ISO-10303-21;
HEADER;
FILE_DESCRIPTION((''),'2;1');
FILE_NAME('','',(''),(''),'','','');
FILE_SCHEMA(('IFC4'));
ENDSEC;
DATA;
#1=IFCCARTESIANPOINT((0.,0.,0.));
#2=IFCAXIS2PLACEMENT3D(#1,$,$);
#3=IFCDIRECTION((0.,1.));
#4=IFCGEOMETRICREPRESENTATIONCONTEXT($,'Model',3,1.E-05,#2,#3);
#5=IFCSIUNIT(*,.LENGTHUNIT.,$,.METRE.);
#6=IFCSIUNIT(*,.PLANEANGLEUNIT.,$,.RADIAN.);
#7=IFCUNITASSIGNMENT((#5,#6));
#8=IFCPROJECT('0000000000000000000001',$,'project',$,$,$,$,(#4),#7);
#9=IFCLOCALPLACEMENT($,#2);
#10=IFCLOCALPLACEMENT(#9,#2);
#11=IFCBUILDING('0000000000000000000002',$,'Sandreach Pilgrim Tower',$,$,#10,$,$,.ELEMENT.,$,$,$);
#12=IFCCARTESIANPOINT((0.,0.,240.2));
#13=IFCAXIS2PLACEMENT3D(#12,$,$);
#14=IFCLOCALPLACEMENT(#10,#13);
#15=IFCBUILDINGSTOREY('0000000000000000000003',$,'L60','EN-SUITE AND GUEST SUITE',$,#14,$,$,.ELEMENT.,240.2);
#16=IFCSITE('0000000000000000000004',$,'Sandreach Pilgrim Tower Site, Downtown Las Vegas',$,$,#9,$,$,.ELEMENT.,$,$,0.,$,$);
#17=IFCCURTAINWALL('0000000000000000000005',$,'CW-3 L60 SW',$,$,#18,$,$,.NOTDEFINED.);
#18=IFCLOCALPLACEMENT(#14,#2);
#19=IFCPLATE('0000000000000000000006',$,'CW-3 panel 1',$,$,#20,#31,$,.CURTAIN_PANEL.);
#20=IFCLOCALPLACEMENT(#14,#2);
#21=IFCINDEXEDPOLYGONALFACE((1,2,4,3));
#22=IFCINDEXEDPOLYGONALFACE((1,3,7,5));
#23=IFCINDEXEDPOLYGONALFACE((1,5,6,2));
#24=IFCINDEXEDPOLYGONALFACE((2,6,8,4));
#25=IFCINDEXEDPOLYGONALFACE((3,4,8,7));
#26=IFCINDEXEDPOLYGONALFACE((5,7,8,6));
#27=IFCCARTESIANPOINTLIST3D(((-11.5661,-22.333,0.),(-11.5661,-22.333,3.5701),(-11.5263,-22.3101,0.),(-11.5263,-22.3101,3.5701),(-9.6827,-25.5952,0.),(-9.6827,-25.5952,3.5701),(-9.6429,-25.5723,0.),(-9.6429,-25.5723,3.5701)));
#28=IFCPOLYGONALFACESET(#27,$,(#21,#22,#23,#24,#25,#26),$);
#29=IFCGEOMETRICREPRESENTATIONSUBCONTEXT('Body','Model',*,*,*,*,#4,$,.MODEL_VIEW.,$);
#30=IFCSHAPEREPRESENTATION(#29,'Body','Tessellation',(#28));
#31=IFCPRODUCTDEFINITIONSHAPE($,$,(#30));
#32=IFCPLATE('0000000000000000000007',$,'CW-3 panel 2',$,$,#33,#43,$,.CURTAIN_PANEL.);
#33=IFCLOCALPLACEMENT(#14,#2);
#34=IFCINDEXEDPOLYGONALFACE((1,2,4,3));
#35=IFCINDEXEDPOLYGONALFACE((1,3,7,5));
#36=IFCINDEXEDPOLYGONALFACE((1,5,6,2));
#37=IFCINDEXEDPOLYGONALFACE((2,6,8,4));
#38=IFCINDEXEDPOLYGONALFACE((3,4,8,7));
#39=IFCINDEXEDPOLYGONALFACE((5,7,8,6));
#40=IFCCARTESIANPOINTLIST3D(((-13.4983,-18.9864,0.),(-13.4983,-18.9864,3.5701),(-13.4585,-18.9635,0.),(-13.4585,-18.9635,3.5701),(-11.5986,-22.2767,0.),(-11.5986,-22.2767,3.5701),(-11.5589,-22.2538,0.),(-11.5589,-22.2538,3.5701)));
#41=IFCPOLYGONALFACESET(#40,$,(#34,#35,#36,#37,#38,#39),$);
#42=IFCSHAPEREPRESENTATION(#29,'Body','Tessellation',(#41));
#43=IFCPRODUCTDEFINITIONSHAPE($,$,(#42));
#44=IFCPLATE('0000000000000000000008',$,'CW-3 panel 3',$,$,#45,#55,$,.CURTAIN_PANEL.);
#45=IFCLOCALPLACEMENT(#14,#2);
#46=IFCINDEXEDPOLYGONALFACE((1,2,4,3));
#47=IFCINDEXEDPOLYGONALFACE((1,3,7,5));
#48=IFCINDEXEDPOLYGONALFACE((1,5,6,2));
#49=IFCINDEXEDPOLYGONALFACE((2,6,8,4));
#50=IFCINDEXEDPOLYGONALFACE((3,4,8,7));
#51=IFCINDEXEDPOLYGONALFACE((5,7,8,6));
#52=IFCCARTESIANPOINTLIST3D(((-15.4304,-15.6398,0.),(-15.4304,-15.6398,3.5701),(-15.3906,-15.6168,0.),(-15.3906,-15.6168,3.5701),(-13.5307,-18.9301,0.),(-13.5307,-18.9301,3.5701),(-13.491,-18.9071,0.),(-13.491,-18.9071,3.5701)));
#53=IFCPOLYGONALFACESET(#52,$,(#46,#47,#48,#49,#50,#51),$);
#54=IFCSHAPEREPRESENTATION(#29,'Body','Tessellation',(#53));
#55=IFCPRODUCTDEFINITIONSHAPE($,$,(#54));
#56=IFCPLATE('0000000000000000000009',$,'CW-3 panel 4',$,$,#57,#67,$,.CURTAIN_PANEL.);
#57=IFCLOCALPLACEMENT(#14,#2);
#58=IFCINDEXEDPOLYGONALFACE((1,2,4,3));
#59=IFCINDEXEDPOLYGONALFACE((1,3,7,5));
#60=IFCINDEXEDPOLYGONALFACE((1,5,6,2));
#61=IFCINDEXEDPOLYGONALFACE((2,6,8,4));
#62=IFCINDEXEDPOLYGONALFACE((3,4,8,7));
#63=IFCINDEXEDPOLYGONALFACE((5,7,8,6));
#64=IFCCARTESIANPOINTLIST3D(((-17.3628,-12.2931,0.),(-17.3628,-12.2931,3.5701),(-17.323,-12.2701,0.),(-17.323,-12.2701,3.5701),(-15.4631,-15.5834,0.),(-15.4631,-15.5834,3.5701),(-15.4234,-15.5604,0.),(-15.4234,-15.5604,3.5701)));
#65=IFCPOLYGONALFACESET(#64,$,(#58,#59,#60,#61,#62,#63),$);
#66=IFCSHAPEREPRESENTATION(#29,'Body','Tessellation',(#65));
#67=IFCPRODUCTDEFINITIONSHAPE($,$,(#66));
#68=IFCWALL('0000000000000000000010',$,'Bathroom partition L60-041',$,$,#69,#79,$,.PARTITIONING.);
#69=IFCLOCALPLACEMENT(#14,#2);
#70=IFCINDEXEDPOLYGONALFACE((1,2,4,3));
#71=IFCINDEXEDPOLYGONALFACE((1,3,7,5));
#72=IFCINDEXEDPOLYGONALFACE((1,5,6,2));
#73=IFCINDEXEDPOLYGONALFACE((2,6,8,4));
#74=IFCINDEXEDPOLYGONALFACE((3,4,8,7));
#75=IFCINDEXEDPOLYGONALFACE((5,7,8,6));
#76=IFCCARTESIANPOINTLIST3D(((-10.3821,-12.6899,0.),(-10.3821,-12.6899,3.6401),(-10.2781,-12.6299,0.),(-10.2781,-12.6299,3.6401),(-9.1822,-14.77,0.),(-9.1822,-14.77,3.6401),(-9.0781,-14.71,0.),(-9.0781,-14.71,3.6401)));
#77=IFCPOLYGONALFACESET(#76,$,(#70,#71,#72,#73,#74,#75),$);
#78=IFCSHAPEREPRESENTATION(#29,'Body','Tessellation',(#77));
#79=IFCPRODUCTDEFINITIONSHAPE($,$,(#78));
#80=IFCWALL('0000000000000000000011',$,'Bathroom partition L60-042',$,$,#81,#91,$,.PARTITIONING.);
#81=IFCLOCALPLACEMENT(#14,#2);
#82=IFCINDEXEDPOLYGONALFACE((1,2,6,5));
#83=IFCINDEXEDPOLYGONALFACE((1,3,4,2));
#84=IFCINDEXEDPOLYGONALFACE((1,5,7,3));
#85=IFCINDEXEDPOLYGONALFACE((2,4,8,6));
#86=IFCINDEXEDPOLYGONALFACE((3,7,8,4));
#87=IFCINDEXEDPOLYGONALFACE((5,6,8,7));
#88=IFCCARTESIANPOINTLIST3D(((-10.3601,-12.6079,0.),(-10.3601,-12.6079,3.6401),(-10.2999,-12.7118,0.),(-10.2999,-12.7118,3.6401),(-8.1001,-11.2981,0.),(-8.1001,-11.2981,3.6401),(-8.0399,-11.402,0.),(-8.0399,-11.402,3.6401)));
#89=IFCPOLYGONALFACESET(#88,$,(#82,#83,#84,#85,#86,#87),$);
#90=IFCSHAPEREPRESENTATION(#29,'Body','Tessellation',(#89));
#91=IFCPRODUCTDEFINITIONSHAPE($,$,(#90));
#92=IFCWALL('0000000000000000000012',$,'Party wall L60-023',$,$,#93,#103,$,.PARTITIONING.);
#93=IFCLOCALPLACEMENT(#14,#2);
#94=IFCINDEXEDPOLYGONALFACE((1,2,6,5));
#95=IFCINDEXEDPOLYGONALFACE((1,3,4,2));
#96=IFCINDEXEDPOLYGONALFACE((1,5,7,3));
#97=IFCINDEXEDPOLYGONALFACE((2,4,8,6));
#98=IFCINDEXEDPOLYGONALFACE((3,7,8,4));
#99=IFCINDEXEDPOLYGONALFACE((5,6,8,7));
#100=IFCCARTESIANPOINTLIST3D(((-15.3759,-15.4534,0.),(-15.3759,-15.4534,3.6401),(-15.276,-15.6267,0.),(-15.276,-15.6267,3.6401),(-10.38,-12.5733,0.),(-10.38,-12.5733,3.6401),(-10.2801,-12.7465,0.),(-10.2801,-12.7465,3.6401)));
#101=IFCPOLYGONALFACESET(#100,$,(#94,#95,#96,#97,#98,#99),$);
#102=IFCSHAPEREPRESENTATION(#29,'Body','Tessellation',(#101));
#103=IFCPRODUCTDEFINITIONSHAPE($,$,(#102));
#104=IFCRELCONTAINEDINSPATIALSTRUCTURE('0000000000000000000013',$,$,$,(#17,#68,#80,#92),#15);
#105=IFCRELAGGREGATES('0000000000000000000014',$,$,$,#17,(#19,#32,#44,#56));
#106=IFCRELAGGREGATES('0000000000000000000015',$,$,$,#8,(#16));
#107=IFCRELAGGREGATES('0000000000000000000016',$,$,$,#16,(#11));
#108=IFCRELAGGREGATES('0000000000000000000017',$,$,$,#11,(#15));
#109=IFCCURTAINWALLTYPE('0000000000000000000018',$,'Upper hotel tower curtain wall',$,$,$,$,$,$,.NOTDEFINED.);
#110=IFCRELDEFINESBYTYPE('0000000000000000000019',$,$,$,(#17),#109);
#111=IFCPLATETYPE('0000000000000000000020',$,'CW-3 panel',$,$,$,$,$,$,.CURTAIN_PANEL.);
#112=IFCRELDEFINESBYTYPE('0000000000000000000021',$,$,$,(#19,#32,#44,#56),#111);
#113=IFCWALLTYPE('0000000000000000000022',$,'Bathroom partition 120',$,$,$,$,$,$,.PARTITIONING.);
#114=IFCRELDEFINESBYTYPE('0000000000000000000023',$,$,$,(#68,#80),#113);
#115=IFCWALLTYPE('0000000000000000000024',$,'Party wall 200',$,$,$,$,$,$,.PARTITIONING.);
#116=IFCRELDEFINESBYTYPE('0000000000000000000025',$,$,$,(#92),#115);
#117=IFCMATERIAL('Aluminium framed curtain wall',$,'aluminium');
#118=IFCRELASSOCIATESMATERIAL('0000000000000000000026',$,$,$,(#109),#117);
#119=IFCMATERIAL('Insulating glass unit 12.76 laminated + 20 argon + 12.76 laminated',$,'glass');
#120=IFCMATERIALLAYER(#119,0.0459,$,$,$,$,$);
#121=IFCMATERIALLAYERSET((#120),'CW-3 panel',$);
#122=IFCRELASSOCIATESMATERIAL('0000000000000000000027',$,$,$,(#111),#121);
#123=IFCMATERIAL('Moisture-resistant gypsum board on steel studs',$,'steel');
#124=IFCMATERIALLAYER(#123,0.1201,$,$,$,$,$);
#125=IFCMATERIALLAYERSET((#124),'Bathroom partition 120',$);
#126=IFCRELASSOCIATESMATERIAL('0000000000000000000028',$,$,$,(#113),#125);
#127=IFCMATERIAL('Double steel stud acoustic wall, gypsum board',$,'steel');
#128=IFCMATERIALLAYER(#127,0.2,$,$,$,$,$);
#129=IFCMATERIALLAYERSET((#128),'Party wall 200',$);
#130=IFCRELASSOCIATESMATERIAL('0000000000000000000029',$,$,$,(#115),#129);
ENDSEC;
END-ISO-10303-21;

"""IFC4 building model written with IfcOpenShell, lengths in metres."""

from ifc_helpers import new_model, si_unit, direction, frame, frame_2d, origin, origin_2d, place, context, subcontext, project, spatial, rectangle, extrude, material, layer, layer_set, type_object, element, aggregate, save


model = new_model("IFC4")

# Units and contexts
model_context = context("Model", 3, precision=1e-05, world=origin(), true_north=direction((0.0, 1.0)))
body_context = subcontext(model_context, "Body", "Model", "MODEL_VIEW")
ifc_project = project(units=[si_unit("LENGTHUNIT", "METRE"), si_unit("PLANEANGLEUNIT", "RADIAN")], contexts=[model_context])

# Site, building, storey
site_placement = place(None, origin())
site = spatial("IfcSite", under=ifc_project, at=site_placement, Name="Sandreach Pilgrim Tower Site, Downtown Las Vegas", CompositionType="ELEMENT", RefElevation=0.0)
building_placement = place(site_placement, origin())
building = spatial("IfcBuilding", under=site, at=building_placement, Name="Sandreach Pilgrim Tower", CompositionType="ELEMENT")
storey_placement = place(building_placement, frame((0.0, 0.0, 240.2)))
storey = spatial("IfcBuildingStorey", under=building, at=storey_placement, Name="L60", Description="EN-SUITE AND GUEST SUITE", CompositionType="ELEMENT", Elevation=240.2)

# Curtain wall
ifc_material_1 = material(Name="Aluminium framed curtain wall", Category="aluminium")
curtain_wall_type = type_object("IfcCurtainWallType", Name="Upper hotel tower curtain wall", PredefinedType="NOTDEFINED", material=ifc_material_1)
curtain_wall_placement = place(storey_placement, origin())
curtain_wall = element("IfcCurtainWall", 1, at=curtain_wall_placement, inside=storey, type_object=curtain_wall_type, Name="CW-3 L60 SW", PredefinedType="NOTDEFINED")

# Plates
ifc_material_2 = material(Name="Insulating glass unit 12.76 laminated + 20 argon + 12.76 laminated", Category="glass")
ifc_layer_1 = layer(ifc_material_2, 0.0459)
ifc_layer_set_1 = layer_set([ifc_layer_1], Name="CW-3 panel")
plate_type = type_object("IfcPlateType", Name="CW-3 panel", PredefinedType="CURTAIN_PANEL", material=ifc_layer_set_1)
plate_1_placement = place(storey_placement, frame((-10.6045, -23.9526, 0.0), z_axis=(0.0, 0.0, 1.0), x_axis=(-0.5, 0.866025, 0.0)))
plate_1 = element("IfcPlate", 2, at=plate_1_placement, type_object=plate_type, Name="CW-3 panel 1", PredefinedType="CURTAIN_PANEL", context=body_context, shape_type="SweptSolid", body=[
    extrude(rectangle(XDim=3.7668, YDim=0.0459, at=origin_2d()), origin(), (0.0, 0.0, 1.0), 3.5701),
])
plate_2_placement = place(storey_placement, frame((-12.5286, -20.6201, 0.0), z_axis=(0.0, 0.0, 1.0), x_axis=(-0.5, 0.866025, 0.0)))
plate_2 = element("IfcPlate", 3, at=plate_2_placement, type_object=plate_type, Name="CW-3 panel 2", PredefinedType="CURTAIN_PANEL", context=body_context, shape_type="SweptSolid", body=[
    extrude(rectangle(XDim=3.7993, YDim=0.0459, at=origin_2d()), origin(), (0.0, 0.0, 1.0), 3.5701),
])
plate_3_placement = place(storey_placement, frame((-14.4607, -17.2734, 0.0), z_axis=(0.0, 0.0, 1.0), x_axis=(-0.5, 0.866025, 0.0)))
plate_3 = element("IfcPlate", 4, at=plate_3_placement, type_object=plate_type, Name="CW-3 panel 3", PredefinedType="CURTAIN_PANEL", context=body_context, shape_type="SweptSolid", body=[
    extrude(rectangle(XDim=3.7993, YDim=0.0459, at=origin_2d()), origin(), (0.0, 0.0, 1.0), 3.5701),
])
plate_4_placement = place(storey_placement, frame((-16.3931, -13.9268, 0.0), z_axis=(0.0, 0.0, 1.0), x_axis=(-0.5, 0.866025, 0.0)))
plate_4 = element("IfcPlate", 5, at=plate_4_placement, type_object=plate_type, Name="CW-3 panel 4", PredefinedType="CURTAIN_PANEL", context=body_context, shape_type="SweptSolid", body=[
    extrude(rectangle(XDim=3.7993, YDim=0.0459, at=origin_2d()), origin(), (0.0, 0.0, 1.0), 3.5701),
])
aggregate(curtain_wall, [plate_1, plate_2, plate_3, plate_4])

# Walls
ifc_material_3 = material(Name="Moisture-resistant gypsum board on steel studs", Category="steel")
ifc_layer_2 = layer(ifc_material_3, 0.1201)
ifc_layer_set_2 = layer_set([ifc_layer_2], Name="Bathroom partition 120")
wall_type_1 = type_object("IfcWallType", Name="Bathroom partition 120", PredefinedType="PARTITIONING", material=ifc_layer_set_2)
wall_1_placement = place(storey_placement, frame((-10.3301, -12.6599, 0.0), z_axis=(0.0, 0.0, 1.0), x_axis=(0.499693, -0.866203, 0.0)))
element("IfcWall", 6, at=wall_1_placement, inside=storey, type_object=wall_type_1, Name="Bathroom partition L60-041", PredefinedType="PARTITIONING", context=body_context, shape_type="SweptSolid", body=[
    extrude(rectangle(XDim=2.4014, YDim=0.1201, at=frame_2d((1.2007, 0.0))), origin(), (0.0, 0.0, 1.0), 3.6401),
])
wall_2_placement = place(storey_placement, frame((-10.3301, -12.6599, 0.0), z_axis=(0.0, 0.0, 1.0), x_axis=(0.865196, 0.501434, 0.0)))
element("IfcWall", 7, at=wall_2_placement, inside=storey, type_object=wall_type_1, Name="Bathroom partition L60-042", PredefinedType="PARTITIONING", context=body_context, shape_type="SweptSolid", body=[
    extrude(rectangle(XDim=2.6121, YDim=0.1201, at=frame_2d((1.3062, 0.0))), origin(), (0.0, 0.0, 1.0), 3.6401),
])
ifc_material_4 = material(Name="Double steel stud acoustic wall, gypsum board", Category="steel")
ifc_layer_3 = layer(ifc_material_4, 0.2)
ifc_layer_set_3 = layer_set([ifc_layer_3], Name="Party wall 200")
wall_type_2 = type_object("IfcWallType", Name="Party wall 200", PredefinedType="PARTITIONING", material=ifc_layer_set_3)
wall_3_placement = place(storey_placement, frame((-15.3259, -15.54, 0.0), z_axis=(0.0, 0.0, 1.0), x_axis=(0.866343, 0.49945, 0.0)))
element("IfcWall", 8, at=wall_3_placement, inside=storey, type_object=wall_type_2, Name="Party wall L60-023", PredefinedType="PARTITIONING", context=body_context, shape_type="SweptSolid", body=[
    extrude(rectangle(XDim=5.7666, YDim=0.2, at=frame_2d((2.8833, 0.0))), origin(), (0.0, 0.0, 1.0), 3.6401),
])

save(model, "model.ifc")
